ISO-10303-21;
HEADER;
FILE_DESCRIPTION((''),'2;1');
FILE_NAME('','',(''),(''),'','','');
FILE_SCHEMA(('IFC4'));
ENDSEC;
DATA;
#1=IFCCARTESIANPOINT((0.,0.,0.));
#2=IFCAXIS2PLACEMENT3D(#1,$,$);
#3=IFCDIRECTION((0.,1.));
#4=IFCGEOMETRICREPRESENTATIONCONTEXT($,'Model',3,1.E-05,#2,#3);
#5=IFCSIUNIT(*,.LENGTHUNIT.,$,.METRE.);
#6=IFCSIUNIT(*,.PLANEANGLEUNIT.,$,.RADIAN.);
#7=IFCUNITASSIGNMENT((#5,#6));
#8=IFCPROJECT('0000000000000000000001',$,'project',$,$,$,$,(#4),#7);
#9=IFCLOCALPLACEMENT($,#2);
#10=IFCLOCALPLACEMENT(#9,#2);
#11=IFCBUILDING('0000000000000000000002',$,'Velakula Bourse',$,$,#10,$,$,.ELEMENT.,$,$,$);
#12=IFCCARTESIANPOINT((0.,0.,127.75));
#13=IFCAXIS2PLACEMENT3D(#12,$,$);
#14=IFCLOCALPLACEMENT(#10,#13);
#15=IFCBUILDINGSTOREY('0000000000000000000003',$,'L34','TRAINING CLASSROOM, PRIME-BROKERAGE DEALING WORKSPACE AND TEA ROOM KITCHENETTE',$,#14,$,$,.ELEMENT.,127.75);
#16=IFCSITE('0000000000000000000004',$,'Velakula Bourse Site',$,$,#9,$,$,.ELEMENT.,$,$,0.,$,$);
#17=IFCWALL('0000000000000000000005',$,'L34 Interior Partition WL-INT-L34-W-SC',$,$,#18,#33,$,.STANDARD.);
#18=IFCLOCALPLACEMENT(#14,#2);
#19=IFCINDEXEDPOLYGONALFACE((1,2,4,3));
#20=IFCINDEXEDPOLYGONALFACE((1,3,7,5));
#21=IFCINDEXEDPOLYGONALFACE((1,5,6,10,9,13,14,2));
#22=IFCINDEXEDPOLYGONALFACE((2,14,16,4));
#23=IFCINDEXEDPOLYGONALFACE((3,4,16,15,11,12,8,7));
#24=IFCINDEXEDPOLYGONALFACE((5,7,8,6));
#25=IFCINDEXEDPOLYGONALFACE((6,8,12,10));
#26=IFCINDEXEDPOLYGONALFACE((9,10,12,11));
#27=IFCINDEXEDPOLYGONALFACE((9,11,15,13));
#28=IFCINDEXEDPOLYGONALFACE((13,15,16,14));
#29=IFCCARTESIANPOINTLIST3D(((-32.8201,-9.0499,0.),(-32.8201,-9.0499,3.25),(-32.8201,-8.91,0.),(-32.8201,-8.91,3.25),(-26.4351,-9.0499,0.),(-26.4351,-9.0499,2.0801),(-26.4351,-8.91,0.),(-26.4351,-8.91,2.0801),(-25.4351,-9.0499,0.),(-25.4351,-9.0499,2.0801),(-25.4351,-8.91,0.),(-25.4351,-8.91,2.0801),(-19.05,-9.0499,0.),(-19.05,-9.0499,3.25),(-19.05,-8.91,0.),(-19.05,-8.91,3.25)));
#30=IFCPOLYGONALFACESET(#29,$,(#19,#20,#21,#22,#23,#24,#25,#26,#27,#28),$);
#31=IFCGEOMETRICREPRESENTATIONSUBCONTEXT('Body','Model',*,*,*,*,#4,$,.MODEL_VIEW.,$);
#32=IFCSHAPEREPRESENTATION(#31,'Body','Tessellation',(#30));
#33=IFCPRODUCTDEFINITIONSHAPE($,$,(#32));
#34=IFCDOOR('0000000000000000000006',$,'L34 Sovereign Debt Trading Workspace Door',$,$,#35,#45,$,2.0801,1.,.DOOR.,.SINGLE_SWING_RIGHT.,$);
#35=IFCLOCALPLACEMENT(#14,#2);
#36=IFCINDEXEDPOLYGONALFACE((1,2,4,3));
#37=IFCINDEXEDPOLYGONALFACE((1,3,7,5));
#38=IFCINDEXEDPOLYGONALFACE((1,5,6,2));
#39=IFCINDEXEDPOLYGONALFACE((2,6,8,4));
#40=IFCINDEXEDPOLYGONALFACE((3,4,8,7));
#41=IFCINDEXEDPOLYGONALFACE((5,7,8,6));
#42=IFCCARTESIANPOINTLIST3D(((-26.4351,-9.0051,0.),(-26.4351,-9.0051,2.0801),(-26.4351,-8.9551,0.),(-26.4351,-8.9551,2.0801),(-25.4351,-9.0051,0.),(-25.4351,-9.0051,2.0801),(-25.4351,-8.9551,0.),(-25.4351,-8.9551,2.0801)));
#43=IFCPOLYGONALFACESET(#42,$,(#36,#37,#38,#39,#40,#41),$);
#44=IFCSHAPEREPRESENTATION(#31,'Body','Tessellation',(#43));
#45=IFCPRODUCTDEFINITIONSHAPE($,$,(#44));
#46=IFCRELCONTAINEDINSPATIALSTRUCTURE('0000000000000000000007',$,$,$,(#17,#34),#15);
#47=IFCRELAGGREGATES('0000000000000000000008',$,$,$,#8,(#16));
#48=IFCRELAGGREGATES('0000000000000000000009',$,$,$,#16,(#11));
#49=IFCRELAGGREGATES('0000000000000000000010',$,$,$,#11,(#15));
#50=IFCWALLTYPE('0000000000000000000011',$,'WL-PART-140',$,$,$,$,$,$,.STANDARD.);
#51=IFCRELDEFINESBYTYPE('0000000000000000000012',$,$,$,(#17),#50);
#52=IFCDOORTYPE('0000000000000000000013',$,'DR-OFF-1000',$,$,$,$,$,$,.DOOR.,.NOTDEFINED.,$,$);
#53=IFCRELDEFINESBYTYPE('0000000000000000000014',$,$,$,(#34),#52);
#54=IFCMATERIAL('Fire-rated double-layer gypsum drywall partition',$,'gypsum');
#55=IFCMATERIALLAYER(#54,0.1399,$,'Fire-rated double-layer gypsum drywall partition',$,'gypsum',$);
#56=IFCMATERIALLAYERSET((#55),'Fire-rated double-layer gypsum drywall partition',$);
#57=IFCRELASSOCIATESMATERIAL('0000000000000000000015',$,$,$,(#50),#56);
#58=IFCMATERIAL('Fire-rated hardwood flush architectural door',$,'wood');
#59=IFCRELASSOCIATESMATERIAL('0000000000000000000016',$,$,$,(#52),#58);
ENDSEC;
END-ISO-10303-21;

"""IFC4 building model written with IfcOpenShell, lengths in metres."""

from ifc_helpers import new_model, si_unit, direction, frame, frame_2d, origin, place, context, subcontext, project, spatial, rectangle, extrude, material, layer, layer_set, type_object, element, fill, save


model = new_model("IFC4")

# Units and contexts
model_context = context("Model", 3, precision=1e-05, world=origin(), true_north=direction((0.0, 1.0)))
body_context = subcontext(model_context, "Body", "Model", "MODEL_VIEW")
ifc_project = project(units=[si_unit("LENGTHUNIT", "METRE"), si_unit("PLANEANGLEUNIT", "RADIAN")], contexts=[model_context])

# Site, building, storey
site_placement = place(None, origin())
site = spatial("IfcSite", under=ifc_project, at=site_placement, Name="Velakula Bourse Site", CompositionType="ELEMENT", RefElevation=0.0)
building_placement = place(site_placement, origin())
building = spatial("IfcBuilding", under=site, at=building_placement, Name="Velakula Bourse", CompositionType="ELEMENT")
storey_placement = place(building_placement, frame((0.0, 0.0, 127.75)))
storey = spatial("IfcBuildingStorey", under=building, at=storey_placement, Name="L34", Description="TRAINING CLASSROOM, PRIME-BROKERAGE DEALING WORKSPACE AND TEA ROOM KITCHENETTE", CompositionType="ELEMENT", Elevation=127.75)

# Shared definitions
ifc_material_1 = material(Name="Fire-rated double-layer gypsum drywall partition", Category="gypsum")
ifc_layer = layer(ifc_material_1, 0.1399, Name="Fire-rated double-layer gypsum drywall partition", Category="gypsum")
ifc_layer_set = layer_set([ifc_layer], Name="Fire-rated double-layer gypsum drywall partition")
wall_type = type_object("IfcWallType", Name="WL-PART-140", PredefinedType="STANDARD", material=ifc_layer_set)
ifc_material_2 = material(Name="Fire-rated hardwood flush architectural door", Category="wood")
door_type_1 = type_object("IfcDoorType", Name="DR-OFF-1000", OperationType="NOTDEFINED", PredefinedType="DOOR", material=ifc_material_2)

# Wall, opening, door
wall_1_placement = place(storey_placement, frame((-32.8201, -8.98, 0.0), z_axis=(0.0, 0.0, 1.0), x_axis=(1.0, 0.0, 0.0)))
wall_1 = element("IfcWall", 1, at=wall_1_placement, inside=storey, type_object=wall_type, Name="L34 Interior Partition WL-INT-L34-W-SC", PredefinedType="STANDARD", context=body_context, shape_type="SweptSolid", body=[
    extrude(rectangle(XDim=13.77, YDim=0.1399, at=frame_2d((6.885, 0.0))), origin(), (0.0, 0.0, 1.0), 3.25),
])
opening_1_placement = place(wall_1_placement, frame((6.385, 0.0, 0.0)))
opening_1 = element("IfcOpeningElement", 2, at=opening_1_placement, cuts=wall_1, PredefinedType="OPENING", context=body_context, shape_type="SweptSolid", body=[
    extrude(rectangle(XDim=1.0, YDim=2.0801, at=frame_2d((0.5, 1.04))), frame((0.0, 0.0798, 0.0), z_axis=(0.0, -1.0, 0.0), x_axis=(1.0, 0.0, 0.0)), (0.0, 0.0, 1.0), 0.1599),
])
door_1_placement = place(opening_1_placement, origin())
door_1 = element("IfcDoor", 3, at=door_1_placement, inside=storey, type_object=door_type_1, Name="L34 Sovereign Debt Trading Workspace Door", OperationType="SINGLE_SWING_RIGHT", OverallHeight=2.0801, OverallWidth=1.0, PredefinedType="DOOR", context=body_context, shape_type="SweptSolid", body=[
    extrude(rectangle(XDim=1.0, YDim=2.0801, at=frame_2d((0.5, 1.04))), frame((0.0, 0.0249, 0.0), z_axis=(0.0, -1.0, 0.0), x_axis=(1.0, 0.0, 0.0)), (0.0, 0.0, 1.0), 0.05),
])
fill(opening_1, door_1)

save(model, "model.ifc")
